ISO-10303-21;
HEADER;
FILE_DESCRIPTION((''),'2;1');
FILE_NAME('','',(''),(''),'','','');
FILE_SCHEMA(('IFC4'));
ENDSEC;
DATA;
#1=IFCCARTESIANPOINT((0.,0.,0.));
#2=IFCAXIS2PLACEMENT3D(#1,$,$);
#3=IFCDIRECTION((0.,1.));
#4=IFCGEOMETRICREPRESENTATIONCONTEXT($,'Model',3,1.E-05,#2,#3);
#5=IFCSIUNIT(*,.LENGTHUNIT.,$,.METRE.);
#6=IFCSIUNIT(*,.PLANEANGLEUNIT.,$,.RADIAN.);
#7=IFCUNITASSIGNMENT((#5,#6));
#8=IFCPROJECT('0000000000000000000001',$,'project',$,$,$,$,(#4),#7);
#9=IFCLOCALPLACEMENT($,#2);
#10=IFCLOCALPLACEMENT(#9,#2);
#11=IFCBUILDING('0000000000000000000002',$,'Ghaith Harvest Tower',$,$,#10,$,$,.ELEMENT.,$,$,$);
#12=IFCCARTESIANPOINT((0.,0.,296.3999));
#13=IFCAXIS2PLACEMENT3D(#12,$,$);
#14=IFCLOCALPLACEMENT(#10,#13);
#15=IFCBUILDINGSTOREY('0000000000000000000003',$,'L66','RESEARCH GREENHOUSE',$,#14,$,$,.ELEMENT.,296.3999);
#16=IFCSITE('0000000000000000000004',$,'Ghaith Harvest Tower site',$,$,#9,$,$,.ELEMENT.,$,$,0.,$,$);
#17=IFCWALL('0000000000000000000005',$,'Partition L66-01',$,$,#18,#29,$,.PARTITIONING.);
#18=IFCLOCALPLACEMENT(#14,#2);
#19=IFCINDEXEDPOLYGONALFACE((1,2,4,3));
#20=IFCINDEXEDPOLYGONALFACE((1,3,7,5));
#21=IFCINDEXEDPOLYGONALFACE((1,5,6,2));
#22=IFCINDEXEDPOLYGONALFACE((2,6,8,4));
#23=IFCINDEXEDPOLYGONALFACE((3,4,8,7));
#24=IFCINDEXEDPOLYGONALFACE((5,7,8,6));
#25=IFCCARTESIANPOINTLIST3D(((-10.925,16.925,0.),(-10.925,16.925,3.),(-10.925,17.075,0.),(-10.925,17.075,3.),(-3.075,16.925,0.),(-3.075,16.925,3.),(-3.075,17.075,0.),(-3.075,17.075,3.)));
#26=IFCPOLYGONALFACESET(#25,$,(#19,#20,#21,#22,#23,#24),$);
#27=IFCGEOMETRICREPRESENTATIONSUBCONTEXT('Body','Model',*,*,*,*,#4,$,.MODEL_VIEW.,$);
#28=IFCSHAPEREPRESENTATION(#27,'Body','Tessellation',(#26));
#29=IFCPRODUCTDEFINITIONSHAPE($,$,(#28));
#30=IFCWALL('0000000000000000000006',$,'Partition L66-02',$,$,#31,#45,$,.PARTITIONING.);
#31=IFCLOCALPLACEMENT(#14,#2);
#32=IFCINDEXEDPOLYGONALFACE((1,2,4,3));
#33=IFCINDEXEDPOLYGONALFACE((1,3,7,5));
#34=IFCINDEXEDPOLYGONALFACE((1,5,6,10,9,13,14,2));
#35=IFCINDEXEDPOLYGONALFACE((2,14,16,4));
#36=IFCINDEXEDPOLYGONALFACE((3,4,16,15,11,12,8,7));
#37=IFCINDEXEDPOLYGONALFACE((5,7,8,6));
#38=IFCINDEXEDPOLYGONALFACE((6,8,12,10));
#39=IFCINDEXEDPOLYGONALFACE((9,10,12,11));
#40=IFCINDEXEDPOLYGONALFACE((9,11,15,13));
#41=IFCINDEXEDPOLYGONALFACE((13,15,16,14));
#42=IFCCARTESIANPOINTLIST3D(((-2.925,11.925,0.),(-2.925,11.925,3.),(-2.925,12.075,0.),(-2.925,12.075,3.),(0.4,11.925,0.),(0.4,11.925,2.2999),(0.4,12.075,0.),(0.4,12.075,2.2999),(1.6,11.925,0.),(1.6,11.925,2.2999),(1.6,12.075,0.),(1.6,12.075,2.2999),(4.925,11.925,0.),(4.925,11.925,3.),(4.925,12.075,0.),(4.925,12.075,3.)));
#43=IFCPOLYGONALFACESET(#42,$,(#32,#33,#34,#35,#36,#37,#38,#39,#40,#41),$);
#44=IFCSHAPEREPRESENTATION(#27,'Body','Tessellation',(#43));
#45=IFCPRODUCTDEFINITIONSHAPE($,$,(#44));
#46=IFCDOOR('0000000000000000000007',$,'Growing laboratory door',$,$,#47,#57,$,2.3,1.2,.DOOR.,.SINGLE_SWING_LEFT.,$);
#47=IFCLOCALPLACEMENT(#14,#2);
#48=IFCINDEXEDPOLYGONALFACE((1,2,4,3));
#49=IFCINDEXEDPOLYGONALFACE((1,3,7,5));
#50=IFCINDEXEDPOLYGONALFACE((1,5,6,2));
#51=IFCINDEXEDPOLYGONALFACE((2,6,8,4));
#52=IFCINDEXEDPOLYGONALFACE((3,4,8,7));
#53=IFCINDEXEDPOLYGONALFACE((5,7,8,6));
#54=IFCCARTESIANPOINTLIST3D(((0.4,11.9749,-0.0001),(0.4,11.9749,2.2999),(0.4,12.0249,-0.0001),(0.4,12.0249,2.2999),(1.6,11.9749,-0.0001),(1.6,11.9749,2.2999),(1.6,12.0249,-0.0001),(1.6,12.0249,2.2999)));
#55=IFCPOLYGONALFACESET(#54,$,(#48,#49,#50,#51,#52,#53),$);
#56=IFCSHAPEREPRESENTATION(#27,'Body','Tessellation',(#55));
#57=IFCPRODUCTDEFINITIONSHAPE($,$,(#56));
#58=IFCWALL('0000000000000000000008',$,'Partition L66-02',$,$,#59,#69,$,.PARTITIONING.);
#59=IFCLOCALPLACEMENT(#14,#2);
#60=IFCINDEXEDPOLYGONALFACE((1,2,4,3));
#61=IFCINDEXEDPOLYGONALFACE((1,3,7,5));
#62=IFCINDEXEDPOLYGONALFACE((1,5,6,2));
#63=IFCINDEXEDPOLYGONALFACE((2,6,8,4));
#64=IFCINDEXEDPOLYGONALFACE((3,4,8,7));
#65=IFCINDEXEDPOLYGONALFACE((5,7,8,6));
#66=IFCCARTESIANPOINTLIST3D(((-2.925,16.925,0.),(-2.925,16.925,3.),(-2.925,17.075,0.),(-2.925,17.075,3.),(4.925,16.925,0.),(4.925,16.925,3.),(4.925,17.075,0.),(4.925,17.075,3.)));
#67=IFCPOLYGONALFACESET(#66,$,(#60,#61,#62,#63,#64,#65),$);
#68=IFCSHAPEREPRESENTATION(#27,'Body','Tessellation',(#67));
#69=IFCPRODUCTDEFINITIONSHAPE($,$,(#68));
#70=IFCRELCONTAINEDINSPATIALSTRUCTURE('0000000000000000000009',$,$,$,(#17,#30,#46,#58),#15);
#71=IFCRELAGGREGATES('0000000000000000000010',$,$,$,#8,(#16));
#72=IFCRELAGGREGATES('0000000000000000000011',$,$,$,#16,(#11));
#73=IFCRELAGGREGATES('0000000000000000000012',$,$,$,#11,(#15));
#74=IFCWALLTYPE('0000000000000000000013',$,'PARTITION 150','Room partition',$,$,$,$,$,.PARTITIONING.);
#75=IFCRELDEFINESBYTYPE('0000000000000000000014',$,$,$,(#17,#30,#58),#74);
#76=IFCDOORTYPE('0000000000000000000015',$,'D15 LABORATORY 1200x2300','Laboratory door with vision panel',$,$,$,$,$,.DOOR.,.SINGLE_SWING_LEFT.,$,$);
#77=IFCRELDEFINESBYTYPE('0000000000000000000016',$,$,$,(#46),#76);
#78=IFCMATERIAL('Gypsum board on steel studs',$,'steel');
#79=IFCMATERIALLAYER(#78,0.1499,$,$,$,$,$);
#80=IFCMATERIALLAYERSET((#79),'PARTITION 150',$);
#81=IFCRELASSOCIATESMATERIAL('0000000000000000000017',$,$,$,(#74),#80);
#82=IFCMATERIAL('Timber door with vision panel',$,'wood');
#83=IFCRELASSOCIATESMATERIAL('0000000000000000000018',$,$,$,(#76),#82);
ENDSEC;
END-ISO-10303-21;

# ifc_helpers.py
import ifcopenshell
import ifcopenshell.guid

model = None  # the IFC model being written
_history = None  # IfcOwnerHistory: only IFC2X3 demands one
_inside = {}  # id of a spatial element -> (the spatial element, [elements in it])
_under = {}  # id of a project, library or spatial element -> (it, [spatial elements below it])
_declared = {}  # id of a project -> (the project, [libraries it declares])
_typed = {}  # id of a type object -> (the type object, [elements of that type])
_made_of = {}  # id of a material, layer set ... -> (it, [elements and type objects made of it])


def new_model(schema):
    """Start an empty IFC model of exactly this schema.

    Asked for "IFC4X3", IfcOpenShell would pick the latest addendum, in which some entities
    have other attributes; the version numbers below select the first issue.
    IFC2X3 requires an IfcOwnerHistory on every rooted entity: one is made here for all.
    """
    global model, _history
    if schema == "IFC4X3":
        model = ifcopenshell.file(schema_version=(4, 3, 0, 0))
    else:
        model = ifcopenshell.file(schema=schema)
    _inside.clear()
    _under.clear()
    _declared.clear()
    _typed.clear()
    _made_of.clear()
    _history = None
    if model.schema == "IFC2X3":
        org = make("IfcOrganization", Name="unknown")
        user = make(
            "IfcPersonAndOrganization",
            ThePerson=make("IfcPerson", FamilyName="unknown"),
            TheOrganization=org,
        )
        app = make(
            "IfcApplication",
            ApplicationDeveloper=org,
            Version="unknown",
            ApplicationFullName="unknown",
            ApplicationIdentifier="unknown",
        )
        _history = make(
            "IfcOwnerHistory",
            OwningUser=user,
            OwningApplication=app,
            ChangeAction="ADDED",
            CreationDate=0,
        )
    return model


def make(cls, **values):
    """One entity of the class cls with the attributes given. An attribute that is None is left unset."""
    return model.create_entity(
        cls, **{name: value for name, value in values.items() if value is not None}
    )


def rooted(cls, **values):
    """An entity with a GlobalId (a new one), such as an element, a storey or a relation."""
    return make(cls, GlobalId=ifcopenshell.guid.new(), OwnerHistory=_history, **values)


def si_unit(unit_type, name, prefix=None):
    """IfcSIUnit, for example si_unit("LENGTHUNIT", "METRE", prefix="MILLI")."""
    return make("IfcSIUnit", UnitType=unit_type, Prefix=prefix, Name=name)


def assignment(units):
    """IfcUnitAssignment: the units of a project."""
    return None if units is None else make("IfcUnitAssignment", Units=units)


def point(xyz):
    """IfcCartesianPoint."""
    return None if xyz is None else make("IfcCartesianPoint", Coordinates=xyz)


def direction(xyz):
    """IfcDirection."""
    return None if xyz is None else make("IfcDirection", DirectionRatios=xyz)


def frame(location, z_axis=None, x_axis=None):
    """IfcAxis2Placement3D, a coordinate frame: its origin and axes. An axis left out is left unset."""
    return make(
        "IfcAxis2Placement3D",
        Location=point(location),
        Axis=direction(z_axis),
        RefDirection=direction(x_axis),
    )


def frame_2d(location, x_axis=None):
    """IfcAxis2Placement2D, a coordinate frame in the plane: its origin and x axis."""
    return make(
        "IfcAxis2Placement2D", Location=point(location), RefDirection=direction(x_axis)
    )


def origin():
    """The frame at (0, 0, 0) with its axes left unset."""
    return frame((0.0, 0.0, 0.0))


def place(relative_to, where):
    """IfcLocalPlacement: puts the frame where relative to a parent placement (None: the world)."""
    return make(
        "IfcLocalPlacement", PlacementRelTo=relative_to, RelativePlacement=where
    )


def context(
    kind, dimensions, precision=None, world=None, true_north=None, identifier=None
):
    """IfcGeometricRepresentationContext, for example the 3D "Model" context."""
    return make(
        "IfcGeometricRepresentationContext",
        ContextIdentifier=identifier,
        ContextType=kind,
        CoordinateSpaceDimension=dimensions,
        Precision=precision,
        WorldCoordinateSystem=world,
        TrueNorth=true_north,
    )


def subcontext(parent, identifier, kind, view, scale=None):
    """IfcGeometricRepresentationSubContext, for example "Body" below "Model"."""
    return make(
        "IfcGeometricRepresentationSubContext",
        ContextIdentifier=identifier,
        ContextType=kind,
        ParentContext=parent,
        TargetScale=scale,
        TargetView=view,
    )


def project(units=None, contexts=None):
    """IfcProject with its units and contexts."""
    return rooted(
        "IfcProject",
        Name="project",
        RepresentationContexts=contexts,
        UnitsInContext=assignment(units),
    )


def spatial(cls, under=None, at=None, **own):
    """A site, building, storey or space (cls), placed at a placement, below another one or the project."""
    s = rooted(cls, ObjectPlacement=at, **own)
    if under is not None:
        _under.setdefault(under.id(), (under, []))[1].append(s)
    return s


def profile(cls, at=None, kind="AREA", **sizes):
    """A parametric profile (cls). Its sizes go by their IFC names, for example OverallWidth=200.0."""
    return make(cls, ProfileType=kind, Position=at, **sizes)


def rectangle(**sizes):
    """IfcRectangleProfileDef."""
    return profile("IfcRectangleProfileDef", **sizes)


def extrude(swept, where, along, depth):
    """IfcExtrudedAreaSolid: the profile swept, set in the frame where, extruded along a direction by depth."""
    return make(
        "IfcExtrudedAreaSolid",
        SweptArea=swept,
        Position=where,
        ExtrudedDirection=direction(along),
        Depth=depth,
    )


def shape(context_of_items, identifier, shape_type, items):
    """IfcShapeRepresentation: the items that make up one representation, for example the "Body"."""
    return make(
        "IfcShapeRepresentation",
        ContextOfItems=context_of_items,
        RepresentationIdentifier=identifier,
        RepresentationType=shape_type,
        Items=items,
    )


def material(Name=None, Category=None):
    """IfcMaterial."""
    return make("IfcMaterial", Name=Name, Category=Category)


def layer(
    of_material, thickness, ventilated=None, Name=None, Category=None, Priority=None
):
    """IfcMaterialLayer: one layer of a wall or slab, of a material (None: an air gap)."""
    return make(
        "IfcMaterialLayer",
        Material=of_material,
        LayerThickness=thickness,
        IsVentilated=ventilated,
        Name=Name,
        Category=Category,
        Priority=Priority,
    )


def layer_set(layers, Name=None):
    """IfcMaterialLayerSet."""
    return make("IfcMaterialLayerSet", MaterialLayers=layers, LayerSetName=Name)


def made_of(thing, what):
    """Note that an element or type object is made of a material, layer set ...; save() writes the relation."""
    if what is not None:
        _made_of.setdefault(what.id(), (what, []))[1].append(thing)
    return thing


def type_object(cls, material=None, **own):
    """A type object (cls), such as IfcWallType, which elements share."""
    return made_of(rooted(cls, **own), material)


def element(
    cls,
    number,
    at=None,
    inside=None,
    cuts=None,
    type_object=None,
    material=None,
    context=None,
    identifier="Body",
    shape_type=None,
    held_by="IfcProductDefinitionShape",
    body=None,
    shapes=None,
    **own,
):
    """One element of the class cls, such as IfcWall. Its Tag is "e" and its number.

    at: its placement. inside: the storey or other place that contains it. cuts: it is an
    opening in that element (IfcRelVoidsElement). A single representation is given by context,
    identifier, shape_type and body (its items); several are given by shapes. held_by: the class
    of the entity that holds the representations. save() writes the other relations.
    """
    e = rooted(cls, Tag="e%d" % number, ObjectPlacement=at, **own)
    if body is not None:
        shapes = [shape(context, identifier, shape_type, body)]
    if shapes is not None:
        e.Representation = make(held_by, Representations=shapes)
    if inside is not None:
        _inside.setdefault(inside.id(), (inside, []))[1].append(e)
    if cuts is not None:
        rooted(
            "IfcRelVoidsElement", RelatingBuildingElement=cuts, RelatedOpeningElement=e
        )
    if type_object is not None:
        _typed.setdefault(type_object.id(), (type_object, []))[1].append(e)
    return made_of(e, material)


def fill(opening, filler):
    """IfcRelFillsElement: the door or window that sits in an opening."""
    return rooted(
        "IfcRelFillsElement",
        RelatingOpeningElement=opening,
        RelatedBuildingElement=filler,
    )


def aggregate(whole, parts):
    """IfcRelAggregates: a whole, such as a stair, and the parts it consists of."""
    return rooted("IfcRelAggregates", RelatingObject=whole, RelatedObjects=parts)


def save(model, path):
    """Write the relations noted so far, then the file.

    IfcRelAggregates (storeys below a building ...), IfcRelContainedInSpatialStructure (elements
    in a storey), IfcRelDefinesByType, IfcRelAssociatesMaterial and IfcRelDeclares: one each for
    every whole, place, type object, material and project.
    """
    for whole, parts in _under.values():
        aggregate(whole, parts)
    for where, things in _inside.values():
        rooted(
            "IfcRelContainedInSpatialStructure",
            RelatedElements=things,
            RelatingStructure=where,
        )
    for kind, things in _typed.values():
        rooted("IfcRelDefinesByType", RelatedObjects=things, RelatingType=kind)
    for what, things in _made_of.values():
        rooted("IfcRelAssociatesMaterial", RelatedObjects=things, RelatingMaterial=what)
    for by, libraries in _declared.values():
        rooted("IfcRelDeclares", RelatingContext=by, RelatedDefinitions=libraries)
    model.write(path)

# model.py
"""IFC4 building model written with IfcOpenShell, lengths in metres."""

from ifc_helpers import new_model, si_unit, direction, frame, frame_2d, origin, place, context, subcontext, project, spatial, rectangle, extrude, material, layer, layer_set, type_object, element, fill, save


model = new_model("IFC4")

# Units and contexts
model_context = context("Model", 3, precision=1e-05, world=origin(), true_north=direction((0.0, 1.0)))
body_context = subcontext(model_context, "Body", "Model", "MODEL_VIEW")
ifc_project = project(units=[si_unit("LENGTHUNIT", "METRE"), si_unit("PLANEANGLEUNIT", "RADIAN")], contexts=[model_context])

# Site, building, storey
site_placement = place(None, origin())
site = spatial("IfcSite", under=ifc_project, at=site_placement, Name="Ghaith Harvest Tower site", CompositionType="ELEMENT", RefElevation=0.0)
building_placement = place(site_placement, origin())
building = spatial("IfcBuilding", under=site, at=building_placement, Name="Ghaith Harvest Tower", CompositionType="ELEMENT")
storey_placement = place(building_placement, frame((0.0, 0.0, 296.3999)))
storey = spatial("IfcBuildingStorey", under=building, at=storey_placement, Name="L66", Description="RESEARCH GREENHOUSE", CompositionType="ELEMENT", Elevation=296.3999)

# Shared definitions
ifc_material_1 = material(Name="Gypsum board on steel studs", Category="steel")
ifc_layer_1 = layer(ifc_material_1, 0.1499)
ifc_layer_set_1 = layer_set([ifc_layer_1], Name="PARTITION 150")
wall_type = type_object("IfcWallType", Name="PARTITION 150", Description="Room partition", PredefinedType="PARTITIONING", material=ifc_layer_set_1)

# Shared definitions
ifc_material_2 = material(Name="Timber door with vision panel", Category="wood")
door_type = type_object("IfcDoorType", Name="D15 LABORATORY 1200x2300", Description="Laboratory door with vision panel", OperationType="SINGLE_SWING_LEFT", PredefinedType="DOOR", material=ifc_material_2)

# Wall
wall_1_placement = place(storey_placement, frame((-10.925, 17.0, 0.0), z_axis=(0.0, 0.0, 1.0), x_axis=(1.0, 0.0, 0.0)))
element("IfcWall", 1, at=wall_1_placement, inside=storey, type_object=wall_type, Name="Partition L66-01", PredefinedType="PARTITIONING", context=body_context, shape_type="SweptSolid", body=[
    extrude(rectangle(XDim=7.8501, YDim=0.1499, at=frame_2d((3.925, 0.0))), origin(), (0.0, 0.0, 1.0), 3.0),
])

# Wall, opening, door
wall_2_placement = place(storey_placement, frame((-2.925, 12.0, 0.0), z_axis=(0.0, 0.0, 1.0), x_axis=(1.0, 0.0, 0.0)))
wall_2 = element("IfcWall", 2, at=wall_2_placement, inside=storey, type_object=wall_type, Name="Partition L66-02", PredefinedType="PARTITIONING", context=body_context, shape_type="SweptSolid", body=[
    extrude(rectangle(XDim=7.8501, YDim=0.1499, at=frame_2d((3.925, 0.0))), origin(), (0.0, 0.0, 1.0), 3.0),
])
opening_1_placement = place(wall_2_placement, frame((3.325, 0.0, 0.0)))
opening_1 = element("IfcOpeningElement", 3, at=opening_1_placement, cuts=wall_2, PredefinedType="OPENING", context=body_context, shape_type="SweptSolid", body=[
    extrude(rectangle(XDim=1.2, YDim=2.3, at=frame_2d((0.6001, 1.1499))), frame((0.0, 0.085, 0.0), z_axis=(0.0, -1.0, 0.0), x_axis=(1.0, 0.0, 0.0)), (0.0, 0.0, 1.0), 0.1699),
])
door_1_placement = place(opening_1_placement, origin())
door_1 = element("IfcDoor", 4, at=door_1_placement, inside=storey, type_object=door_type, Name="Growing laboratory door", OperationType="SINGLE_SWING_LEFT", OverallHeight=2.3, OverallWidth=1.2, PredefinedType="DOOR", context=body_context, shape_type="SweptSolid", body=[
    extrude(rectangle(XDim=1.2, YDim=2.3, at=frame_2d((0.6001, 1.1499))), frame((0.0, 0.0249, 0.0), z_axis=(0.0, -1.0, 0.0), x_axis=(1.0, 0.0, 0.0)), (0.0, 0.0, 1.0), 0.05),
])
fill(opening_1, door_1)

# Wall
wall_3_placement = place(storey_placement, frame((-2.925, 17.0, 0.0), z_axis=(0.0, 0.0, 1.0), x_axis=(1.0, 0.0, 0.0)))
element("IfcWall", 5, at=wall_3_placement, inside=storey, type_object=wall_type, Name="Partition L66-02", PredefinedType="PARTITIONING", context=body_context, shape_type="SweptSolid", body=[
    extrude(rectangle(XDim=7.8501, YDim=0.1499, at=frame_2d((3.925, 0.0))), origin(), (0.0, 0.0, 1.0), 3.0),
])

save(model, "model.ifc")
